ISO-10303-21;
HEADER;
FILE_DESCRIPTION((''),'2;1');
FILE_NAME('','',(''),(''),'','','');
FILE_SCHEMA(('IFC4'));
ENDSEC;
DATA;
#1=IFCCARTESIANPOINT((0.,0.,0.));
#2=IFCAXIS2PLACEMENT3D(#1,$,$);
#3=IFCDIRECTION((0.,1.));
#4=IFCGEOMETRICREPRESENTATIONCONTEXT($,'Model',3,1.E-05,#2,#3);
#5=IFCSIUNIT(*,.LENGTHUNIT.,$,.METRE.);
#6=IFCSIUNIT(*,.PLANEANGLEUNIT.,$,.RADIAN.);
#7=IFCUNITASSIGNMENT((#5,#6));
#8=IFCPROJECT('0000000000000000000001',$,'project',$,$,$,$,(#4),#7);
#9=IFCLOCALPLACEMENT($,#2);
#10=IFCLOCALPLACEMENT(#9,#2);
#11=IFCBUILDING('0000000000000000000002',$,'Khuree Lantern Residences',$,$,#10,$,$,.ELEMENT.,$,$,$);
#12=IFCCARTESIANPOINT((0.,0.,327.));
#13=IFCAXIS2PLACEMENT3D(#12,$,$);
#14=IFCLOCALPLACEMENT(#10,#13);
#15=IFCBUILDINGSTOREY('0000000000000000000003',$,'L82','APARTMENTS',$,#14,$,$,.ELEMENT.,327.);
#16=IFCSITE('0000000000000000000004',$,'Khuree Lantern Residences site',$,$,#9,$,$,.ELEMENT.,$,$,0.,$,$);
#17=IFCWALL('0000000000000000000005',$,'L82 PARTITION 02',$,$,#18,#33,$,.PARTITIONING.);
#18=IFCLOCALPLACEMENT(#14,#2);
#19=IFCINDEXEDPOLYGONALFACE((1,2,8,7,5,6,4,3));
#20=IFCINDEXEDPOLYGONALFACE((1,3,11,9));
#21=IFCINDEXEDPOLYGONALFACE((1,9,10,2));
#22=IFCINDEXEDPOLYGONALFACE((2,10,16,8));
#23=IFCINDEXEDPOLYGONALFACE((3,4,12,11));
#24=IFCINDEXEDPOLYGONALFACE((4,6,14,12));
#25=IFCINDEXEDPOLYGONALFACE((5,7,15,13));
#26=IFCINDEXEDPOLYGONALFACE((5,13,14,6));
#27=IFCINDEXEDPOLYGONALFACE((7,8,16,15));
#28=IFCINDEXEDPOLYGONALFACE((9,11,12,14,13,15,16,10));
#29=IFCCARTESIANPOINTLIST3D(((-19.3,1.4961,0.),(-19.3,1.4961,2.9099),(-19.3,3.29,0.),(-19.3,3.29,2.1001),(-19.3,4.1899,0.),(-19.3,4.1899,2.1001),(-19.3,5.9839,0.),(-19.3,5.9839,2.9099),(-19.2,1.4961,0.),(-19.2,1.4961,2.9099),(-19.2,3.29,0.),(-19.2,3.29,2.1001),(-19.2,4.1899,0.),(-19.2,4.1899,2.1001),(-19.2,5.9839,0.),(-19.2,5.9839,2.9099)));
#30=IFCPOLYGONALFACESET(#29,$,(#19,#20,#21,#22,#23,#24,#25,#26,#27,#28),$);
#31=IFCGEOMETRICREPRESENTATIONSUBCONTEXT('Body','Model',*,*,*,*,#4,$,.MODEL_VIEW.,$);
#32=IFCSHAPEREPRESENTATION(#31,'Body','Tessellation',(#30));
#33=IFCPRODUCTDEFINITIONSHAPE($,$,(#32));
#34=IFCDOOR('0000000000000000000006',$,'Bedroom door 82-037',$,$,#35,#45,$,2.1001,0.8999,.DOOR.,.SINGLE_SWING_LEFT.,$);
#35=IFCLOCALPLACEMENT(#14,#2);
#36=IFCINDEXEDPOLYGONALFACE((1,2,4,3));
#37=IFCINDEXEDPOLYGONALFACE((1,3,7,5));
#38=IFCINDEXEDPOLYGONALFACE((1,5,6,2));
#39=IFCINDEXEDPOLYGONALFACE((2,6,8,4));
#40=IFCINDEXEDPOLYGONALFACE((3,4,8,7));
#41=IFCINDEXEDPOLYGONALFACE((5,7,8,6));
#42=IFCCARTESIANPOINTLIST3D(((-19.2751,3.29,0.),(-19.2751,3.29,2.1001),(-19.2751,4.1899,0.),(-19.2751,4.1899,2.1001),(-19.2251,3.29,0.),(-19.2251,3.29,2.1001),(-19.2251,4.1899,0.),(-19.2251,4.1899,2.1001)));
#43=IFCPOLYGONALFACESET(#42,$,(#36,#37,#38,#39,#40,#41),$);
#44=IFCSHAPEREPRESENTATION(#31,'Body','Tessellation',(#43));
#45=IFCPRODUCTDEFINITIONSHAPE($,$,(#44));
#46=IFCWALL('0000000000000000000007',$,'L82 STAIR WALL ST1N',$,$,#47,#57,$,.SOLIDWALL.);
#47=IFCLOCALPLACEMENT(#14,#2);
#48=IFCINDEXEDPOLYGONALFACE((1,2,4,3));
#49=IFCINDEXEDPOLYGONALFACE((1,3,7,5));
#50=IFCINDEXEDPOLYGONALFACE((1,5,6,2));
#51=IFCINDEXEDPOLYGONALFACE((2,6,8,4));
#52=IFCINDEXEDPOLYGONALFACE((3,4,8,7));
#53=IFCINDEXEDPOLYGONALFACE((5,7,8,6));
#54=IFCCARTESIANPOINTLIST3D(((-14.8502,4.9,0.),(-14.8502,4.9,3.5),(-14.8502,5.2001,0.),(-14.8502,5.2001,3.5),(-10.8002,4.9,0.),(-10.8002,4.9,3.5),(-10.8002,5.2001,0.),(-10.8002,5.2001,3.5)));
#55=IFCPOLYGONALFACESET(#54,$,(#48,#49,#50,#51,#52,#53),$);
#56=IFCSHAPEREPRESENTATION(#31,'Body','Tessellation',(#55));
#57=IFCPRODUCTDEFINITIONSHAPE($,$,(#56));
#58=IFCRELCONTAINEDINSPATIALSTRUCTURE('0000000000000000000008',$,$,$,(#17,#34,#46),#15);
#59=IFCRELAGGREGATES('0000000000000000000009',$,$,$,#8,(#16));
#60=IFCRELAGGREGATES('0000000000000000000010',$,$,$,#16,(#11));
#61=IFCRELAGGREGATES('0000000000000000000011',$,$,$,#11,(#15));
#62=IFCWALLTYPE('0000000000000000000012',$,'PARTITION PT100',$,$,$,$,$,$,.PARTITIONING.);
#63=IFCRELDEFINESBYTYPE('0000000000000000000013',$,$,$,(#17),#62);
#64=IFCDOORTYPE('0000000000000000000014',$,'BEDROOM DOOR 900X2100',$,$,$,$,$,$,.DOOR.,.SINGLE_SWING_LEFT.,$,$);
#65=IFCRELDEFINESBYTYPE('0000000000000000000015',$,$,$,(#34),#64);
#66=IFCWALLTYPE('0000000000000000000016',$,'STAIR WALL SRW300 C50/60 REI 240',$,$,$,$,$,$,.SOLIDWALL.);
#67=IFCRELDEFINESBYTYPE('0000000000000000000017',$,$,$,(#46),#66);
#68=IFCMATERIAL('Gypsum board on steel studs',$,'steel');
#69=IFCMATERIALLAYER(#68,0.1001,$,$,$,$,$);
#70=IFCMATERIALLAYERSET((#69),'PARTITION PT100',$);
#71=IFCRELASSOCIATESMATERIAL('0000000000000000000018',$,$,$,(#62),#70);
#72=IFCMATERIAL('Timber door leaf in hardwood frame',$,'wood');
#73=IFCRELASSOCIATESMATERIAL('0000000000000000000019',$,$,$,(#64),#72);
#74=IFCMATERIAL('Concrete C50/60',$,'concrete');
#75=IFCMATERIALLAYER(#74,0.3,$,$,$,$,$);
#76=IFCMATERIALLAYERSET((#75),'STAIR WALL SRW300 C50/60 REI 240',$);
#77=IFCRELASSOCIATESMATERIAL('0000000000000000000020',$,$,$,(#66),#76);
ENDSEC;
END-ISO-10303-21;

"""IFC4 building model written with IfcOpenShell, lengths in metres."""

from ifc_helpers import new_model, si_unit, direction, frame, frame_2d, origin, place, context, subcontext, project, spatial, rectangle, extrude, material, layer, layer_set, type_object, element, fill, save


model = new_model("IFC4")

# Units and contexts
model_context = context("Model", 3, precision=1e-05, world=origin(), true_north=direction((0.0, 1.0)))
body_context = subcontext(model_context, "Body", "Model", "MODEL_VIEW")
ifc_project = project(units=[si_unit("LENGTHUNIT", "METRE"), si_unit("PLANEANGLEUNIT", "RADIAN")], contexts=[model_context])

# Site, building, storey
site_placement = place(None, origin())
site = spatial("IfcSite", under=ifc_project, at=site_placement, Name="Khuree Lantern Residences site", CompositionType="ELEMENT", RefElevation=0.0)
building_placement = place(site_placement, origin())
building = spatial("IfcBuilding", under=site, at=building_placement, Name="Khuree Lantern Residences", CompositionType="ELEMENT")
storey_placement = place(building_placement, frame((0.0, 0.0, 327.0)))
storey = spatial("IfcBuildingStorey", under=building, at=storey_placement, Name="L82", Description="APARTMENTS", CompositionType="ELEMENT", Elevation=327.0)

# Shared definitions
ifc_material_1 = material(Name="Concrete C50/60", Category="concrete")

# Shared definitions
ifc_material_2 = material(Name="Gypsum board on steel studs", Category="steel")

# Shared definitions
ifc_material_3 = material(Name="Timber door leaf in hardwood frame", Category="wood")

# Shared definitions
ifc_layer_1 = layer(ifc_material_2, 0.1001)
ifc_layer_set_1 = layer_set([ifc_layer_1], Name="PARTITION PT100")
wall_type_1 = type_object("IfcWallType", Name="PARTITION PT100", PredefinedType="PARTITIONING", material=ifc_layer_set_1)

# Wall, opening, door
wall_1_placement = place(storey_placement, frame((-19.25, 5.9839, 0.0), z_axis=(0.0, 0.0, 1.0), x_axis=(0.0, -1.0, 0.0)))
wall_1 = element("IfcWall", 1, at=wall_1_placement, inside=storey, type_object=wall_type_1, Name="L82 PARTITION 02", PredefinedType="PARTITIONING", context=body_context, shape_type="SweptSolid", body=[
    extrude(rectangle(XDim=4.4878, YDim=0.1001, at=frame_2d((2.2439, 0.0))), origin(), (0.0, 0.0, 1.0), 2.9099),
])
opening_1_placement = place(wall_1_placement, frame((1.7939, 0.0, 0.0)))
opening_1 = element("IfcOpeningElement", 2, at=opening_1_placement, cuts=wall_1, PredefinedType="OPENING", context=body_context, shape_type="SweptSolid", body=[
    extrude(rectangle(XDim=0.8999, YDim=2.1001, at=frame_2d((0.45, 1.05))), frame((0.0, 0.0601, 0.0), z_axis=(0.0, -1.0, 0.0), x_axis=(1.0, 0.0, 0.0)), (0.0, 0.0, 1.0), 0.1201),
])
door_type_1 = type_object("IfcDoorType", Name="BEDROOM DOOR 900X2100", OperationType="SINGLE_SWING_LEFT", PredefinedType="DOOR", material=ifc_material_3)
door_1_placement = place(opening_1_placement, origin())
door_1 = element("IfcDoor", 3, at=door_1_placement, inside=storey, type_object=door_type_1, Name="Bedroom door 82-037", OperationType="SINGLE_SWING_LEFT", OverallHeight=2.1001, OverallWidth=0.8999, PredefinedType="DOOR", context=body_context, shape_type="SweptSolid", body=[
    extrude(rectangle(XDim=0.8999, YDim=2.1001, at=frame_2d((0.45, 1.05))), frame((0.0, 0.0249, 0.0), z_axis=(0.0, -1.0, 0.0), x_axis=(1.0, 0.0, 0.0)), (0.0, 0.0, 1.0), 0.05),
])
fill(opening_1, door_1)

# Wall
ifc_layer_2 = layer(ifc_material_1, 0.3)
ifc_layer_set_2 = layer_set([ifc_layer_2], Name="STAIR WALL SRW300 C50/60 REI 240")
wall_type_2 = type_object("IfcWallType", Name="STAIR WALL SRW300 C50/60 REI 240", PredefinedType="SOLIDWALL", material=ifc_layer_set_2)
wall_2_placement = place(storey_placement, frame((-14.8501, 5.05, 0.0), z_axis=(0.0, 0.0, 1.0), x_axis=(1.0, 0.0, 0.0)))
element("IfcWall", 4, at=wall_2_placement, inside=storey, type_object=wall_type_2, Name="L82 STAIR WALL ST1N", PredefinedType="SOLIDWALL", context=body_context, shape_type="SweptSolid", body=[
    extrude(rectangle(XDim=4.05, YDim=0.3, at=frame_2d((2.0249, 0.0))), origin(), (0.0, 0.0, 1.0), 3.5),
])

save(model, "model.ifc")
